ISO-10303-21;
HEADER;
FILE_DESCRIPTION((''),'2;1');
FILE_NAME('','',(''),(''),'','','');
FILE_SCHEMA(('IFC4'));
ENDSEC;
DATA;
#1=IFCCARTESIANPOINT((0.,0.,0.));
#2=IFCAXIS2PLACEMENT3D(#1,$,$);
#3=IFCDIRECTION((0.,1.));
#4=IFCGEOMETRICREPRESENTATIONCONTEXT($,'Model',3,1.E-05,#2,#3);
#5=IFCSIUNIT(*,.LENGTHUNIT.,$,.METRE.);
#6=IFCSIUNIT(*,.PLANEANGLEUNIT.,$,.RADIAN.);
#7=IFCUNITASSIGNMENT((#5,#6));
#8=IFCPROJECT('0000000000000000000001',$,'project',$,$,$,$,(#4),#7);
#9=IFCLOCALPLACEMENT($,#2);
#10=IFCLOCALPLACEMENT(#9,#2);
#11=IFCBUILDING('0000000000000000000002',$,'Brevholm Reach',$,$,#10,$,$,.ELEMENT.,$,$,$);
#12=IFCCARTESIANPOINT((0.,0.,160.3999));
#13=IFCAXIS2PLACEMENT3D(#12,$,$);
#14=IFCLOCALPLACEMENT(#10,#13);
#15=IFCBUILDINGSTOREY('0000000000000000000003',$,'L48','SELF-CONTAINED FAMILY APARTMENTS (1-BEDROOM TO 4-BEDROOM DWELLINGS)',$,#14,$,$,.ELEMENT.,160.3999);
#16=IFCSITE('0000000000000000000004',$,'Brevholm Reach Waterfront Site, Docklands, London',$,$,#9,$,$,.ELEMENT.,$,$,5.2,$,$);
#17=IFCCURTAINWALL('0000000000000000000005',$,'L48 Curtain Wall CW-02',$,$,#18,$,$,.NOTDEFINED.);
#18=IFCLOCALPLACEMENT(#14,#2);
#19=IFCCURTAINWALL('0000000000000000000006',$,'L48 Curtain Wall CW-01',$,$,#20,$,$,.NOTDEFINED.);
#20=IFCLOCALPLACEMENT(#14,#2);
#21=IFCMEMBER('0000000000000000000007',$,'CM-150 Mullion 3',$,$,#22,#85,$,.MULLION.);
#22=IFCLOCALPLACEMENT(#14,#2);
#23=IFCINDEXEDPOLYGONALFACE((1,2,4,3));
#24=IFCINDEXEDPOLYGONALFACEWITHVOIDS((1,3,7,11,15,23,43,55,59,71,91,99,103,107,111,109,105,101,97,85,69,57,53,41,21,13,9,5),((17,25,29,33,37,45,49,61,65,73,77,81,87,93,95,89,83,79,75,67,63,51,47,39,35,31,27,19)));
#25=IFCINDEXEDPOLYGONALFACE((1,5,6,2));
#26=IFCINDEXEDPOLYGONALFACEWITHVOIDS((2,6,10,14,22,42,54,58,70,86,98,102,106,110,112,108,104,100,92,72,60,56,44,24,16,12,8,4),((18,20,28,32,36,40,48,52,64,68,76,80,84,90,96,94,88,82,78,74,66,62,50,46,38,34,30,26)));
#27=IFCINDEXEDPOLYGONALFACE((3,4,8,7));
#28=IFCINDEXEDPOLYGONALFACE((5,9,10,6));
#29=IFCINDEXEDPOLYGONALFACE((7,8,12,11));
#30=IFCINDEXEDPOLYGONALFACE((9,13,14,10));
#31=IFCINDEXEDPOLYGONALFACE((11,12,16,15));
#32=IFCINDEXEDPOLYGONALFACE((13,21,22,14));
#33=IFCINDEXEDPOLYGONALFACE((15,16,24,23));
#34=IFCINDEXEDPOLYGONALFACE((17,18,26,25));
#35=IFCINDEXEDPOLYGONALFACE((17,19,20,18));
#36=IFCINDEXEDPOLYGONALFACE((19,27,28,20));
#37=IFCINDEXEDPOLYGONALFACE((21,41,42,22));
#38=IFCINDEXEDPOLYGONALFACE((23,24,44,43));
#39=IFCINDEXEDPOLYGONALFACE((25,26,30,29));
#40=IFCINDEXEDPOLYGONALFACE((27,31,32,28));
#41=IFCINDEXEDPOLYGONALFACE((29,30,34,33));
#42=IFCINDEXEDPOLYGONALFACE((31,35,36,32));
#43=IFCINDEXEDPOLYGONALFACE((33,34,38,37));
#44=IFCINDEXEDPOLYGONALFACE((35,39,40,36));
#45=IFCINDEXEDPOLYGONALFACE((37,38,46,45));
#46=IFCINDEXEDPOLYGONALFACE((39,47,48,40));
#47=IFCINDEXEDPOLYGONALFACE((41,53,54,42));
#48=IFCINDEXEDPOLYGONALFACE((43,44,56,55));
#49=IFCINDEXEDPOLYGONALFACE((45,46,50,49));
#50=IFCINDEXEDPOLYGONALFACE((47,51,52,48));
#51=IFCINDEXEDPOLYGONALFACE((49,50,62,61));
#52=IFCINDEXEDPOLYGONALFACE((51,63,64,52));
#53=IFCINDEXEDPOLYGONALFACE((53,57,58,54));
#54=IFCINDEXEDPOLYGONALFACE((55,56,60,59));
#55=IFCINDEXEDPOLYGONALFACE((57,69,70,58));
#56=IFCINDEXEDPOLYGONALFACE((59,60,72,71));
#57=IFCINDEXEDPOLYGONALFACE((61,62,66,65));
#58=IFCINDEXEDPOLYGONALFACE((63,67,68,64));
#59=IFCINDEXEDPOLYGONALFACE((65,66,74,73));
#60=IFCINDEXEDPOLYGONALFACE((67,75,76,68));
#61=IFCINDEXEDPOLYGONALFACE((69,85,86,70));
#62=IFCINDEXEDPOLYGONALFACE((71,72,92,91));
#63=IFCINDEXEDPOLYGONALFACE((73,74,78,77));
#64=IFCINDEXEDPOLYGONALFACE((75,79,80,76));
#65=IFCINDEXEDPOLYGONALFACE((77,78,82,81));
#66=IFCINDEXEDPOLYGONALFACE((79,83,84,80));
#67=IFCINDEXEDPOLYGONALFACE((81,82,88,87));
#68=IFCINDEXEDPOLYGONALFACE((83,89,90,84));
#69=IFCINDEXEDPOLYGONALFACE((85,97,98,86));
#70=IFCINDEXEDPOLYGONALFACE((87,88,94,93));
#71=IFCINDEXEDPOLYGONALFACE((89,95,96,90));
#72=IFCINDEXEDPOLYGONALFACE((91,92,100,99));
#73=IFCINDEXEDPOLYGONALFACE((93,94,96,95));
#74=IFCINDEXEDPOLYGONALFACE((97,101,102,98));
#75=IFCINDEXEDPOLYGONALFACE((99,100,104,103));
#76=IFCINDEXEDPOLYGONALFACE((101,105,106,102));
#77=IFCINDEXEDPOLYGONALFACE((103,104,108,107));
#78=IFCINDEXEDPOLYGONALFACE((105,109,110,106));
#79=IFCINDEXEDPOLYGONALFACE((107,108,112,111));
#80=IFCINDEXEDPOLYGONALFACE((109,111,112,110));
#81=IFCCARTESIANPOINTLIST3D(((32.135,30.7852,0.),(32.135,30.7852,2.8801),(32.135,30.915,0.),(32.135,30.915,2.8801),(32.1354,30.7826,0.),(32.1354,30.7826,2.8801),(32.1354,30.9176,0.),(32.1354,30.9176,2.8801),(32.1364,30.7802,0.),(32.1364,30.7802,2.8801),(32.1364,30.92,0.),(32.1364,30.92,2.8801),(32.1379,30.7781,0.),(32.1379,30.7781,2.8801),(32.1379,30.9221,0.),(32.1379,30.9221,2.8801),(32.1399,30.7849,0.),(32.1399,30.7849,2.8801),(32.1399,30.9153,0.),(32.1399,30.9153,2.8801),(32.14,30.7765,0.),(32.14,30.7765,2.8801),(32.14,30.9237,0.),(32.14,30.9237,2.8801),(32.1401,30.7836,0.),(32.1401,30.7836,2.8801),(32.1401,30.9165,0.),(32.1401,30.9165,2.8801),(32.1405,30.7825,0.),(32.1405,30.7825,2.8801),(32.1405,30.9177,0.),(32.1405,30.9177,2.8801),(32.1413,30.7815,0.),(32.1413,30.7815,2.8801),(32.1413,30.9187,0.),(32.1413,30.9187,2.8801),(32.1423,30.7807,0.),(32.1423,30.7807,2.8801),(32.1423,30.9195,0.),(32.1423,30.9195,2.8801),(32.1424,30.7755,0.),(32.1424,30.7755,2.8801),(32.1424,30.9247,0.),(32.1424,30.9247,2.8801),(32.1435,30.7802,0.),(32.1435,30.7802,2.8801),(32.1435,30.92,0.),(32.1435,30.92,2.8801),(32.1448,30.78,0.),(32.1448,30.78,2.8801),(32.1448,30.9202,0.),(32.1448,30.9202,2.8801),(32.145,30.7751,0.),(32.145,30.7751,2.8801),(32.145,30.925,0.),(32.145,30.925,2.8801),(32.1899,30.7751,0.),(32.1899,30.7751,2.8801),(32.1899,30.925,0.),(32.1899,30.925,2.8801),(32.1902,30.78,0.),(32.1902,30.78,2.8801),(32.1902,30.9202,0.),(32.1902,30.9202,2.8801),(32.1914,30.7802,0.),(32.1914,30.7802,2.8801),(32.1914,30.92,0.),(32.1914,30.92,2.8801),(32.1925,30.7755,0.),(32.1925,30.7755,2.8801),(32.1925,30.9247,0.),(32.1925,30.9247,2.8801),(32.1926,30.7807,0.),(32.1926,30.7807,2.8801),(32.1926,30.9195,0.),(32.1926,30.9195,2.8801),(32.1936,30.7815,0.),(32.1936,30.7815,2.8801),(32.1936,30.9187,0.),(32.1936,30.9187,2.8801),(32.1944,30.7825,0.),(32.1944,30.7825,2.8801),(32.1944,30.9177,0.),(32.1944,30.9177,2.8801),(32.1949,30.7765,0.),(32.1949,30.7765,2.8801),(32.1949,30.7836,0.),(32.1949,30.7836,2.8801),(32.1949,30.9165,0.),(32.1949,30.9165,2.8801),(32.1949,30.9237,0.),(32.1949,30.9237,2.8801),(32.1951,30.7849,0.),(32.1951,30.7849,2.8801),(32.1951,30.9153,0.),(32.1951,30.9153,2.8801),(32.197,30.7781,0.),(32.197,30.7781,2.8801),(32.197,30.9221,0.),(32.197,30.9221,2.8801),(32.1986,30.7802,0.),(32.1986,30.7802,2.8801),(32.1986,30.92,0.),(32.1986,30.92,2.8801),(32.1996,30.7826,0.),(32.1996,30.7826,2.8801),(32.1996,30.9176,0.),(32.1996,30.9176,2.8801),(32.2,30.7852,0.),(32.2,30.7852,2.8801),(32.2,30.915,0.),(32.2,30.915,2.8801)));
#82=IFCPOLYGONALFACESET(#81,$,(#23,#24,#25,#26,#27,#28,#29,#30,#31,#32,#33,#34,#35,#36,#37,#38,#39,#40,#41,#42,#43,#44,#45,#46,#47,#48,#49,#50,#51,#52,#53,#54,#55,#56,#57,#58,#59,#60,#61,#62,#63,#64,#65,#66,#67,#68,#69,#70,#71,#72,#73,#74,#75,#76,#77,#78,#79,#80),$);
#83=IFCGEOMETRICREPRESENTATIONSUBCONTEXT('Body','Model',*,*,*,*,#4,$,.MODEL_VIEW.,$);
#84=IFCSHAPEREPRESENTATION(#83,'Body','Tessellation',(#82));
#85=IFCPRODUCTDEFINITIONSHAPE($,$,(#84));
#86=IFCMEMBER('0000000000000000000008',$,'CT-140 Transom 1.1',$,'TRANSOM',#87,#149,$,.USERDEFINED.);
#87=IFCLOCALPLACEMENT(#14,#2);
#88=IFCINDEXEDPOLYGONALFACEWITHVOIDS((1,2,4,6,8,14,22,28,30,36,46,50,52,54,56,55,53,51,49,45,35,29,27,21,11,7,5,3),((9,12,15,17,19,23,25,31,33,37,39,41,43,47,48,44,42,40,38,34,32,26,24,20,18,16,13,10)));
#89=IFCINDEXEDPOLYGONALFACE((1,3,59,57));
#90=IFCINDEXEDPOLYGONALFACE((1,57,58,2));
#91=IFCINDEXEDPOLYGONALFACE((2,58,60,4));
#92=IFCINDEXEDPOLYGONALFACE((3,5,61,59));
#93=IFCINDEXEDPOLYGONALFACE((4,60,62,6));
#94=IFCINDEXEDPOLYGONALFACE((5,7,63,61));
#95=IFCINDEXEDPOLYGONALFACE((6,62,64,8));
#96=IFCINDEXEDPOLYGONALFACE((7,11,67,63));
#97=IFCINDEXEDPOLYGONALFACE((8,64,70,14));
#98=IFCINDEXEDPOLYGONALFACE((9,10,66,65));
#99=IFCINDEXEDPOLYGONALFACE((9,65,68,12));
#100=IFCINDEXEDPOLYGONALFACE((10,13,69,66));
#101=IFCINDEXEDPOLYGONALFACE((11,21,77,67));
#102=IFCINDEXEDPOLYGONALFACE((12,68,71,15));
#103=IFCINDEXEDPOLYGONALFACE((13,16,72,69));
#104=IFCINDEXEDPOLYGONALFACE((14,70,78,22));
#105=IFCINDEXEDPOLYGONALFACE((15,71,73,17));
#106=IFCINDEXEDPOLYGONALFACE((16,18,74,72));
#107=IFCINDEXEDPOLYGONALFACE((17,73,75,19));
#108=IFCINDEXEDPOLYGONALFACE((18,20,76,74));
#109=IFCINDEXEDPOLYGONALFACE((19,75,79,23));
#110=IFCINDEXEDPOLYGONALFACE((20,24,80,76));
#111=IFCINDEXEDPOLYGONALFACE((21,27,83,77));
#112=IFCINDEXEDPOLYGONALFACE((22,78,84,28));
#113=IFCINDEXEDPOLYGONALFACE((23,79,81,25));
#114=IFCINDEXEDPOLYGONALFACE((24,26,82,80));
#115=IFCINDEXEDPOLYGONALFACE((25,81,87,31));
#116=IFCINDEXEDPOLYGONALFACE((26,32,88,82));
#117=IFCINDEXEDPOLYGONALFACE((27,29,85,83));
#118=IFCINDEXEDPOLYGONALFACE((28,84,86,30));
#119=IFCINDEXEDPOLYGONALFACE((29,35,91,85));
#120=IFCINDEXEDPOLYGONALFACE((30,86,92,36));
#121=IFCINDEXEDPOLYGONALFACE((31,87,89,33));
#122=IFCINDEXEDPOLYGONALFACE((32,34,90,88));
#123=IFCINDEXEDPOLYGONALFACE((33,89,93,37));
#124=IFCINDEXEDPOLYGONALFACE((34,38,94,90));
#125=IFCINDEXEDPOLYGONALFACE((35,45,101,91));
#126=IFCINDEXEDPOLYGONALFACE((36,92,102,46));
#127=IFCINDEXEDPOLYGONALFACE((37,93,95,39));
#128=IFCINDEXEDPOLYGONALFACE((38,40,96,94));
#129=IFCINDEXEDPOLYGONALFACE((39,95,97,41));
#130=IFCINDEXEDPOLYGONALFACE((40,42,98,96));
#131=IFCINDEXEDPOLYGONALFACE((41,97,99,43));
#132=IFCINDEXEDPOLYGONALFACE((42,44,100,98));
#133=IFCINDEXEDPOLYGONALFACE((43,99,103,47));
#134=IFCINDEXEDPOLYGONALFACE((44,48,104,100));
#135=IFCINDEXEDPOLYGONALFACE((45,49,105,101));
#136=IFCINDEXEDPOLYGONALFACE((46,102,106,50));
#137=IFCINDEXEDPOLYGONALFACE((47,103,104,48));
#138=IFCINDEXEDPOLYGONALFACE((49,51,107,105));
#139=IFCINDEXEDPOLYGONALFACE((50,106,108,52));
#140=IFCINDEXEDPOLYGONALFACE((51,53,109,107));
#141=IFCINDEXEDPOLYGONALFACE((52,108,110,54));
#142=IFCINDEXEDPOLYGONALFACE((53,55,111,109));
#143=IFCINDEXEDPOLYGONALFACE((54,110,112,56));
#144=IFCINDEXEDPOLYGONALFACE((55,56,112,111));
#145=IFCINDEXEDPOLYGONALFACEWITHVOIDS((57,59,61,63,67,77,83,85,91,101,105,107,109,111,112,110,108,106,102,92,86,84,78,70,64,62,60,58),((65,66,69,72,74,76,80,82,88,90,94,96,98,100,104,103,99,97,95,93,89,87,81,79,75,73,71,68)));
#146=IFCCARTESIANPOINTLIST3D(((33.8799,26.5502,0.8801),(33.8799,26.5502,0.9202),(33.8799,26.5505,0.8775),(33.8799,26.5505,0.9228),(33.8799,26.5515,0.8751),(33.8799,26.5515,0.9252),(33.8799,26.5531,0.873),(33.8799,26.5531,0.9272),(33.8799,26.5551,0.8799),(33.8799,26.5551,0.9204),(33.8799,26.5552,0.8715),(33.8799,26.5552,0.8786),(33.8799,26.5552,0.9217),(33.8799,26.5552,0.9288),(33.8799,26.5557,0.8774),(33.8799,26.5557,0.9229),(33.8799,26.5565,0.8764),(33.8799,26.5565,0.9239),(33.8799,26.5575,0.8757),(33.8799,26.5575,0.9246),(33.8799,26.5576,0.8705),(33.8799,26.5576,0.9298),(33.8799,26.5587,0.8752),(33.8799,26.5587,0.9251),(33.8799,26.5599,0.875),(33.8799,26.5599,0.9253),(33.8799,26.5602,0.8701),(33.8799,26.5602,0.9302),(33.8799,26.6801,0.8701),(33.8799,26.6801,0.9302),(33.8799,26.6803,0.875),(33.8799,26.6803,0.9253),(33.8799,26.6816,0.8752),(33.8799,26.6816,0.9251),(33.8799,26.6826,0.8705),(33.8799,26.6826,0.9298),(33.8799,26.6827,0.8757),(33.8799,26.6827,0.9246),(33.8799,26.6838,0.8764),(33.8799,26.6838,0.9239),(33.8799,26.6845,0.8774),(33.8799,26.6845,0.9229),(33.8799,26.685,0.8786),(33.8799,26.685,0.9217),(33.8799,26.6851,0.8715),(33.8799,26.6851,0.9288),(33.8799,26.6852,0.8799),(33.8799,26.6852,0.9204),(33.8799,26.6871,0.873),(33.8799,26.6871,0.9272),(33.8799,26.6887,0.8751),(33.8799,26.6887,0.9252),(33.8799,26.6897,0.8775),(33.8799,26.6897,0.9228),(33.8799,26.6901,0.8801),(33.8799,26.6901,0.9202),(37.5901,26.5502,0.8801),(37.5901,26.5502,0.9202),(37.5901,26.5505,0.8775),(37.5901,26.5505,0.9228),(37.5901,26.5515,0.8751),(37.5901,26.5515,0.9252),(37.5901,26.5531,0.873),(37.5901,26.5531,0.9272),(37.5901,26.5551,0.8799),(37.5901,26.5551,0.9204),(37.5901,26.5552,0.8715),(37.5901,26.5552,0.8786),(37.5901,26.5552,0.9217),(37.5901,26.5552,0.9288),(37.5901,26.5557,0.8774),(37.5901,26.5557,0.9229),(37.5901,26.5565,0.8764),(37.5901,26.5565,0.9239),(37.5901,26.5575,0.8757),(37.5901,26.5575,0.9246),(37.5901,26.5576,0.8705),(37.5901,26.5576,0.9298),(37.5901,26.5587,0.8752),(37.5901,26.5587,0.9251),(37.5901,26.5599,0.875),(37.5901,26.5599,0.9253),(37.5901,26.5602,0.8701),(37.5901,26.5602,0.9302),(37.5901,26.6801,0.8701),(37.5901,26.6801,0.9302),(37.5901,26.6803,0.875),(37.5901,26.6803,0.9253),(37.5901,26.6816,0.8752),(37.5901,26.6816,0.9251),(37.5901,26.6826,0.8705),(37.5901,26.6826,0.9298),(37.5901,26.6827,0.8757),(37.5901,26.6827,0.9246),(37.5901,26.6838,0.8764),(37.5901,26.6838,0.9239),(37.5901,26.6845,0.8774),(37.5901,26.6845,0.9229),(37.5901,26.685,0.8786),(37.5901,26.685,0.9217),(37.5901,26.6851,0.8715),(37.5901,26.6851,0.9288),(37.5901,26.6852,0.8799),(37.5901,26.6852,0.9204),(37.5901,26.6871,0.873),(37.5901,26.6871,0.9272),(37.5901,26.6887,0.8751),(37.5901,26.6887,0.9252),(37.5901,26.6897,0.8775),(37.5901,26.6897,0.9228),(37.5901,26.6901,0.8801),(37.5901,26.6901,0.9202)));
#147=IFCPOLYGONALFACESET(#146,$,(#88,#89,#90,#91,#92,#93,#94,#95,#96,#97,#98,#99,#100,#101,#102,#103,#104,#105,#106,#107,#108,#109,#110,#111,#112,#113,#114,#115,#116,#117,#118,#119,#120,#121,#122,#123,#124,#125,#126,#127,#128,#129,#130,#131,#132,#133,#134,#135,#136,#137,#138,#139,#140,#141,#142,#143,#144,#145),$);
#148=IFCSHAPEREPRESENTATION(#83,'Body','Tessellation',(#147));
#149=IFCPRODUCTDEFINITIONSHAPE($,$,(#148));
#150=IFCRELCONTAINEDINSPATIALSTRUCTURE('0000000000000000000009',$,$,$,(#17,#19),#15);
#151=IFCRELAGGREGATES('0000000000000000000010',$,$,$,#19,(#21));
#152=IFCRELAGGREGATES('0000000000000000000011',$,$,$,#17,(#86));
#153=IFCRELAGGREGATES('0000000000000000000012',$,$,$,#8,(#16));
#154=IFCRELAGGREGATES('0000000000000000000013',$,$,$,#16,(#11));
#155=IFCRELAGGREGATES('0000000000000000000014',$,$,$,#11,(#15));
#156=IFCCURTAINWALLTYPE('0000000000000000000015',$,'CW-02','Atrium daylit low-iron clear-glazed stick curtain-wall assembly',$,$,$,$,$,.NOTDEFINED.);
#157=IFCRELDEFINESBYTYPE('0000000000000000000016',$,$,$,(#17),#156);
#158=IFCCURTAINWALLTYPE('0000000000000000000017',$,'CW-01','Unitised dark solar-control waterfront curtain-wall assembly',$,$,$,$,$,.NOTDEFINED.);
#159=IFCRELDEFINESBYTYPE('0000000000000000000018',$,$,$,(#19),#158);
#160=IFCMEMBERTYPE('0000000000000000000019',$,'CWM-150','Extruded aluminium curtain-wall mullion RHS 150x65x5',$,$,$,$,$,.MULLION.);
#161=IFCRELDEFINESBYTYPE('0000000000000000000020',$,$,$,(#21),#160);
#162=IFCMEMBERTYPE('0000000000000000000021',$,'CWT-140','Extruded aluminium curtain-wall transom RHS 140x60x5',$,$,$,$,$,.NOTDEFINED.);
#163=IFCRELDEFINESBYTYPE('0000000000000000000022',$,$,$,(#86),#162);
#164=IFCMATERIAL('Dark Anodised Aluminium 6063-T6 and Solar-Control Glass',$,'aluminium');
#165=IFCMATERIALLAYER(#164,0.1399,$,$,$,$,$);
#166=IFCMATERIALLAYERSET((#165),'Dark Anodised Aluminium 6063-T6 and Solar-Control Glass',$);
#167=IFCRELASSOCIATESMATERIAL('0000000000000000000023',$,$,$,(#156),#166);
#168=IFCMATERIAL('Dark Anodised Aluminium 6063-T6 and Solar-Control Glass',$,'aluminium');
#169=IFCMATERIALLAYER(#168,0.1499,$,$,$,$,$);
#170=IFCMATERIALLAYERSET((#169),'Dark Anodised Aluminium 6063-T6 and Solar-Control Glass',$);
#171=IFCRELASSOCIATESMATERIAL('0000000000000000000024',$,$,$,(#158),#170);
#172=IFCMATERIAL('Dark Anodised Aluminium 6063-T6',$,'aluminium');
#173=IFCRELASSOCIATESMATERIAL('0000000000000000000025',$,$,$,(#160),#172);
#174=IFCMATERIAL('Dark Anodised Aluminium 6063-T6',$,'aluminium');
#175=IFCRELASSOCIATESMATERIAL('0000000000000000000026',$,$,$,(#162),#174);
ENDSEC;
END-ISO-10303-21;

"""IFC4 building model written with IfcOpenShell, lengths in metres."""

from ifc_helpers import new_model, si_unit, direction, frame, origin, origin_2d, place, context, subcontext, project, spatial, hollow_rectangle, extrude, material, layer, layer_set, material_profile, profile_set, type_object, element, aggregate, save


model = new_model("IFC4")

# Units and contexts
model_context = context("Model", 3, precision=1e-05, world=origin(), true_north=direction((0.0, 1.0)))
body_context = subcontext(model_context, "Body", "Model", "MODEL_VIEW")
ifc_project = project(units=[si_unit("LENGTHUNIT", "METRE"), si_unit("PLANEANGLEUNIT", "RADIAN")], contexts=[model_context])

# Site, building, storey
site_placement = place(None, origin())
site = spatial("IfcSite", under=ifc_project, at=site_placement, Name="Brevholm Reach Waterfront Site, Docklands, London", CompositionType="ELEMENT", RefElevation=5.2)
building_placement = place(site_placement, origin())
building = spatial("IfcBuilding", under=site, at=building_placement, Name="Brevholm Reach", CompositionType="ELEMENT")
storey_placement = place(building_placement, frame((0.0, 0.0, 160.3999)))
storey = spatial("IfcBuildingStorey", under=building, at=storey_placement, Name="L48", Description="SELF-CONTAINED FAMILY APARTMENTS (1-BEDROOM TO 4-BEDROOM DWELLINGS)", CompositionType="ELEMENT", Elevation=160.3999)

# Curtain walls, member
ifc_material_1 = material(Name="Dark Anodised Aluminium 6063-T6 and Solar-Control Glass", Category="aluminium")
ifc_layer_1 = layer(ifc_material_1, 0.1399)
ifc_layer_set_1 = layer_set([ifc_layer_1], Name="Dark Anodised Aluminium 6063-T6 and Solar-Control Glass")
curtain_wall_type_1 = type_object("IfcCurtainWallType", Name="CW-02", Description="Atrium daylit low-iron clear-glazed stick curtain-wall assembly", PredefinedType="NOTDEFINED", material=ifc_layer_set_1)
curtain_wall_1_placement = place(storey_placement, origin())
curtain_wall_1 = element("IfcCurtainWall", 1, at=curtain_wall_1_placement, inside=storey, type_object=curtain_wall_type_1, Name="L48 Curtain Wall CW-02", PredefinedType="NOTDEFINED")
ifc_material_2 = material(Name="Dark Anodised Aluminium 6063-T6 and Solar-Control Glass", Category="aluminium")
ifc_layer_2 = layer(ifc_material_2, 0.1499)
ifc_layer_set_2 = layer_set([ifc_layer_2], Name="Dark Anodised Aluminium 6063-T6 and Solar-Control Glass")
curtain_wall_type_2 = type_object("IfcCurtainWallType", Name="CW-01", Description="Unitised dark solar-control waterfront curtain-wall assembly", PredefinedType="NOTDEFINED", material=ifc_layer_set_2)
curtain_wall_2_placement = place(storey_placement, origin())
curtain_wall_2 = element("IfcCurtainWall", 2, at=curtain_wall_2_placement, inside=storey, type_object=curtain_wall_type_2, Name="L48 Curtain Wall CW-01", PredefinedType="NOTDEFINED")
ifc_material_3 = material(Name="Dark Anodised Aluminium 6063-T6", Category="aluminium")
ifc_material_profile_1 = material_profile(ifc_material_3, hollow_rectangle(XDim=0.0649, YDim=0.1499, WallThickness=0.0049, InnerFilletRadius=0.0049, OuterFilletRadius=0.01, at=origin_2d()), Name="RHS 150x65x5")
ifc_profile_set_1 = profile_set([ifc_material_profile_1], Name="Dark Anodised Aluminium 6063-T6")
member_type_1 = type_object("IfcMemberType", Name="CWM-150", Description="Extruded aluminium curtain-wall mullion RHS 150x65x5", PredefinedType="MULLION", material=ifc_profile_set_1)
member_1_placement = place(storey_placement, frame((32.1675, 30.8501, 0.0), z_axis=(0.0, 0.0, 1.0), x_axis=(1.0, 0.0, 0.0)))
member_1 = element("IfcMember", 3, at=member_1_placement, type_object=member_type_1, Name="CM-150 Mullion 3", PredefinedType="MULLION", context=body_context, shape_type="SweptSolid", body=[
    extrude(hollow_rectangle(XDim=0.0649, YDim=0.1499, WallThickness=0.0049, InnerFilletRadius=0.0049, OuterFilletRadius=0.01, at=origin_2d()), origin(), (0.0, 0.0, 1.0), 2.8801),
])

# Member
ifc_material_4 = material(Name="Dark Anodised Aluminium 6063-T6", Category="aluminium")
ifc_material_profile_2 = material_profile(ifc_material_4, hollow_rectangle(XDim=0.0601, YDim=0.1399, WallThickness=0.0049, InnerFilletRadius=0.0049, OuterFilletRadius=0.01, at=origin_2d()), Name="RHS 140x60x5")
ifc_profile_set_2 = profile_set([ifc_material_profile_2], Name="Dark Anodised Aluminium 6063-T6")
member_type_2 = type_object("IfcMemberType", Name="CWT-140", Description="Extruded aluminium curtain-wall transom RHS 140x60x5", PredefinedType="NOTDEFINED", material=ifc_profile_set_2)
member_2_placement = place(storey_placement, frame((37.5901, 26.6201, 0.9001), z_axis=(-1.0, 0.0, 0.0), x_axis=(0.0, 0.0, 1.0)))
member_2 = element("IfcMember", 4, at=member_2_placement, type_object=member_type_2, Name="CT-140 Transom 1.1", ObjectType="TRANSOM", PredefinedType="USERDEFINED", context=body_context, shape_type="SweptSolid", body=[
    extrude(hollow_rectangle(XDim=0.0601, YDim=0.1399, WallThickness=0.0049, InnerFilletRadius=0.0049, OuterFilletRadius=0.01, at=origin_2d()), origin(), (0.0, 0.0, 1.0), 3.7102),
])

aggregate(curtain_wall_2, [member_1])
aggregate(curtain_wall_1, [member_2])

save(model, "model.ifc")
